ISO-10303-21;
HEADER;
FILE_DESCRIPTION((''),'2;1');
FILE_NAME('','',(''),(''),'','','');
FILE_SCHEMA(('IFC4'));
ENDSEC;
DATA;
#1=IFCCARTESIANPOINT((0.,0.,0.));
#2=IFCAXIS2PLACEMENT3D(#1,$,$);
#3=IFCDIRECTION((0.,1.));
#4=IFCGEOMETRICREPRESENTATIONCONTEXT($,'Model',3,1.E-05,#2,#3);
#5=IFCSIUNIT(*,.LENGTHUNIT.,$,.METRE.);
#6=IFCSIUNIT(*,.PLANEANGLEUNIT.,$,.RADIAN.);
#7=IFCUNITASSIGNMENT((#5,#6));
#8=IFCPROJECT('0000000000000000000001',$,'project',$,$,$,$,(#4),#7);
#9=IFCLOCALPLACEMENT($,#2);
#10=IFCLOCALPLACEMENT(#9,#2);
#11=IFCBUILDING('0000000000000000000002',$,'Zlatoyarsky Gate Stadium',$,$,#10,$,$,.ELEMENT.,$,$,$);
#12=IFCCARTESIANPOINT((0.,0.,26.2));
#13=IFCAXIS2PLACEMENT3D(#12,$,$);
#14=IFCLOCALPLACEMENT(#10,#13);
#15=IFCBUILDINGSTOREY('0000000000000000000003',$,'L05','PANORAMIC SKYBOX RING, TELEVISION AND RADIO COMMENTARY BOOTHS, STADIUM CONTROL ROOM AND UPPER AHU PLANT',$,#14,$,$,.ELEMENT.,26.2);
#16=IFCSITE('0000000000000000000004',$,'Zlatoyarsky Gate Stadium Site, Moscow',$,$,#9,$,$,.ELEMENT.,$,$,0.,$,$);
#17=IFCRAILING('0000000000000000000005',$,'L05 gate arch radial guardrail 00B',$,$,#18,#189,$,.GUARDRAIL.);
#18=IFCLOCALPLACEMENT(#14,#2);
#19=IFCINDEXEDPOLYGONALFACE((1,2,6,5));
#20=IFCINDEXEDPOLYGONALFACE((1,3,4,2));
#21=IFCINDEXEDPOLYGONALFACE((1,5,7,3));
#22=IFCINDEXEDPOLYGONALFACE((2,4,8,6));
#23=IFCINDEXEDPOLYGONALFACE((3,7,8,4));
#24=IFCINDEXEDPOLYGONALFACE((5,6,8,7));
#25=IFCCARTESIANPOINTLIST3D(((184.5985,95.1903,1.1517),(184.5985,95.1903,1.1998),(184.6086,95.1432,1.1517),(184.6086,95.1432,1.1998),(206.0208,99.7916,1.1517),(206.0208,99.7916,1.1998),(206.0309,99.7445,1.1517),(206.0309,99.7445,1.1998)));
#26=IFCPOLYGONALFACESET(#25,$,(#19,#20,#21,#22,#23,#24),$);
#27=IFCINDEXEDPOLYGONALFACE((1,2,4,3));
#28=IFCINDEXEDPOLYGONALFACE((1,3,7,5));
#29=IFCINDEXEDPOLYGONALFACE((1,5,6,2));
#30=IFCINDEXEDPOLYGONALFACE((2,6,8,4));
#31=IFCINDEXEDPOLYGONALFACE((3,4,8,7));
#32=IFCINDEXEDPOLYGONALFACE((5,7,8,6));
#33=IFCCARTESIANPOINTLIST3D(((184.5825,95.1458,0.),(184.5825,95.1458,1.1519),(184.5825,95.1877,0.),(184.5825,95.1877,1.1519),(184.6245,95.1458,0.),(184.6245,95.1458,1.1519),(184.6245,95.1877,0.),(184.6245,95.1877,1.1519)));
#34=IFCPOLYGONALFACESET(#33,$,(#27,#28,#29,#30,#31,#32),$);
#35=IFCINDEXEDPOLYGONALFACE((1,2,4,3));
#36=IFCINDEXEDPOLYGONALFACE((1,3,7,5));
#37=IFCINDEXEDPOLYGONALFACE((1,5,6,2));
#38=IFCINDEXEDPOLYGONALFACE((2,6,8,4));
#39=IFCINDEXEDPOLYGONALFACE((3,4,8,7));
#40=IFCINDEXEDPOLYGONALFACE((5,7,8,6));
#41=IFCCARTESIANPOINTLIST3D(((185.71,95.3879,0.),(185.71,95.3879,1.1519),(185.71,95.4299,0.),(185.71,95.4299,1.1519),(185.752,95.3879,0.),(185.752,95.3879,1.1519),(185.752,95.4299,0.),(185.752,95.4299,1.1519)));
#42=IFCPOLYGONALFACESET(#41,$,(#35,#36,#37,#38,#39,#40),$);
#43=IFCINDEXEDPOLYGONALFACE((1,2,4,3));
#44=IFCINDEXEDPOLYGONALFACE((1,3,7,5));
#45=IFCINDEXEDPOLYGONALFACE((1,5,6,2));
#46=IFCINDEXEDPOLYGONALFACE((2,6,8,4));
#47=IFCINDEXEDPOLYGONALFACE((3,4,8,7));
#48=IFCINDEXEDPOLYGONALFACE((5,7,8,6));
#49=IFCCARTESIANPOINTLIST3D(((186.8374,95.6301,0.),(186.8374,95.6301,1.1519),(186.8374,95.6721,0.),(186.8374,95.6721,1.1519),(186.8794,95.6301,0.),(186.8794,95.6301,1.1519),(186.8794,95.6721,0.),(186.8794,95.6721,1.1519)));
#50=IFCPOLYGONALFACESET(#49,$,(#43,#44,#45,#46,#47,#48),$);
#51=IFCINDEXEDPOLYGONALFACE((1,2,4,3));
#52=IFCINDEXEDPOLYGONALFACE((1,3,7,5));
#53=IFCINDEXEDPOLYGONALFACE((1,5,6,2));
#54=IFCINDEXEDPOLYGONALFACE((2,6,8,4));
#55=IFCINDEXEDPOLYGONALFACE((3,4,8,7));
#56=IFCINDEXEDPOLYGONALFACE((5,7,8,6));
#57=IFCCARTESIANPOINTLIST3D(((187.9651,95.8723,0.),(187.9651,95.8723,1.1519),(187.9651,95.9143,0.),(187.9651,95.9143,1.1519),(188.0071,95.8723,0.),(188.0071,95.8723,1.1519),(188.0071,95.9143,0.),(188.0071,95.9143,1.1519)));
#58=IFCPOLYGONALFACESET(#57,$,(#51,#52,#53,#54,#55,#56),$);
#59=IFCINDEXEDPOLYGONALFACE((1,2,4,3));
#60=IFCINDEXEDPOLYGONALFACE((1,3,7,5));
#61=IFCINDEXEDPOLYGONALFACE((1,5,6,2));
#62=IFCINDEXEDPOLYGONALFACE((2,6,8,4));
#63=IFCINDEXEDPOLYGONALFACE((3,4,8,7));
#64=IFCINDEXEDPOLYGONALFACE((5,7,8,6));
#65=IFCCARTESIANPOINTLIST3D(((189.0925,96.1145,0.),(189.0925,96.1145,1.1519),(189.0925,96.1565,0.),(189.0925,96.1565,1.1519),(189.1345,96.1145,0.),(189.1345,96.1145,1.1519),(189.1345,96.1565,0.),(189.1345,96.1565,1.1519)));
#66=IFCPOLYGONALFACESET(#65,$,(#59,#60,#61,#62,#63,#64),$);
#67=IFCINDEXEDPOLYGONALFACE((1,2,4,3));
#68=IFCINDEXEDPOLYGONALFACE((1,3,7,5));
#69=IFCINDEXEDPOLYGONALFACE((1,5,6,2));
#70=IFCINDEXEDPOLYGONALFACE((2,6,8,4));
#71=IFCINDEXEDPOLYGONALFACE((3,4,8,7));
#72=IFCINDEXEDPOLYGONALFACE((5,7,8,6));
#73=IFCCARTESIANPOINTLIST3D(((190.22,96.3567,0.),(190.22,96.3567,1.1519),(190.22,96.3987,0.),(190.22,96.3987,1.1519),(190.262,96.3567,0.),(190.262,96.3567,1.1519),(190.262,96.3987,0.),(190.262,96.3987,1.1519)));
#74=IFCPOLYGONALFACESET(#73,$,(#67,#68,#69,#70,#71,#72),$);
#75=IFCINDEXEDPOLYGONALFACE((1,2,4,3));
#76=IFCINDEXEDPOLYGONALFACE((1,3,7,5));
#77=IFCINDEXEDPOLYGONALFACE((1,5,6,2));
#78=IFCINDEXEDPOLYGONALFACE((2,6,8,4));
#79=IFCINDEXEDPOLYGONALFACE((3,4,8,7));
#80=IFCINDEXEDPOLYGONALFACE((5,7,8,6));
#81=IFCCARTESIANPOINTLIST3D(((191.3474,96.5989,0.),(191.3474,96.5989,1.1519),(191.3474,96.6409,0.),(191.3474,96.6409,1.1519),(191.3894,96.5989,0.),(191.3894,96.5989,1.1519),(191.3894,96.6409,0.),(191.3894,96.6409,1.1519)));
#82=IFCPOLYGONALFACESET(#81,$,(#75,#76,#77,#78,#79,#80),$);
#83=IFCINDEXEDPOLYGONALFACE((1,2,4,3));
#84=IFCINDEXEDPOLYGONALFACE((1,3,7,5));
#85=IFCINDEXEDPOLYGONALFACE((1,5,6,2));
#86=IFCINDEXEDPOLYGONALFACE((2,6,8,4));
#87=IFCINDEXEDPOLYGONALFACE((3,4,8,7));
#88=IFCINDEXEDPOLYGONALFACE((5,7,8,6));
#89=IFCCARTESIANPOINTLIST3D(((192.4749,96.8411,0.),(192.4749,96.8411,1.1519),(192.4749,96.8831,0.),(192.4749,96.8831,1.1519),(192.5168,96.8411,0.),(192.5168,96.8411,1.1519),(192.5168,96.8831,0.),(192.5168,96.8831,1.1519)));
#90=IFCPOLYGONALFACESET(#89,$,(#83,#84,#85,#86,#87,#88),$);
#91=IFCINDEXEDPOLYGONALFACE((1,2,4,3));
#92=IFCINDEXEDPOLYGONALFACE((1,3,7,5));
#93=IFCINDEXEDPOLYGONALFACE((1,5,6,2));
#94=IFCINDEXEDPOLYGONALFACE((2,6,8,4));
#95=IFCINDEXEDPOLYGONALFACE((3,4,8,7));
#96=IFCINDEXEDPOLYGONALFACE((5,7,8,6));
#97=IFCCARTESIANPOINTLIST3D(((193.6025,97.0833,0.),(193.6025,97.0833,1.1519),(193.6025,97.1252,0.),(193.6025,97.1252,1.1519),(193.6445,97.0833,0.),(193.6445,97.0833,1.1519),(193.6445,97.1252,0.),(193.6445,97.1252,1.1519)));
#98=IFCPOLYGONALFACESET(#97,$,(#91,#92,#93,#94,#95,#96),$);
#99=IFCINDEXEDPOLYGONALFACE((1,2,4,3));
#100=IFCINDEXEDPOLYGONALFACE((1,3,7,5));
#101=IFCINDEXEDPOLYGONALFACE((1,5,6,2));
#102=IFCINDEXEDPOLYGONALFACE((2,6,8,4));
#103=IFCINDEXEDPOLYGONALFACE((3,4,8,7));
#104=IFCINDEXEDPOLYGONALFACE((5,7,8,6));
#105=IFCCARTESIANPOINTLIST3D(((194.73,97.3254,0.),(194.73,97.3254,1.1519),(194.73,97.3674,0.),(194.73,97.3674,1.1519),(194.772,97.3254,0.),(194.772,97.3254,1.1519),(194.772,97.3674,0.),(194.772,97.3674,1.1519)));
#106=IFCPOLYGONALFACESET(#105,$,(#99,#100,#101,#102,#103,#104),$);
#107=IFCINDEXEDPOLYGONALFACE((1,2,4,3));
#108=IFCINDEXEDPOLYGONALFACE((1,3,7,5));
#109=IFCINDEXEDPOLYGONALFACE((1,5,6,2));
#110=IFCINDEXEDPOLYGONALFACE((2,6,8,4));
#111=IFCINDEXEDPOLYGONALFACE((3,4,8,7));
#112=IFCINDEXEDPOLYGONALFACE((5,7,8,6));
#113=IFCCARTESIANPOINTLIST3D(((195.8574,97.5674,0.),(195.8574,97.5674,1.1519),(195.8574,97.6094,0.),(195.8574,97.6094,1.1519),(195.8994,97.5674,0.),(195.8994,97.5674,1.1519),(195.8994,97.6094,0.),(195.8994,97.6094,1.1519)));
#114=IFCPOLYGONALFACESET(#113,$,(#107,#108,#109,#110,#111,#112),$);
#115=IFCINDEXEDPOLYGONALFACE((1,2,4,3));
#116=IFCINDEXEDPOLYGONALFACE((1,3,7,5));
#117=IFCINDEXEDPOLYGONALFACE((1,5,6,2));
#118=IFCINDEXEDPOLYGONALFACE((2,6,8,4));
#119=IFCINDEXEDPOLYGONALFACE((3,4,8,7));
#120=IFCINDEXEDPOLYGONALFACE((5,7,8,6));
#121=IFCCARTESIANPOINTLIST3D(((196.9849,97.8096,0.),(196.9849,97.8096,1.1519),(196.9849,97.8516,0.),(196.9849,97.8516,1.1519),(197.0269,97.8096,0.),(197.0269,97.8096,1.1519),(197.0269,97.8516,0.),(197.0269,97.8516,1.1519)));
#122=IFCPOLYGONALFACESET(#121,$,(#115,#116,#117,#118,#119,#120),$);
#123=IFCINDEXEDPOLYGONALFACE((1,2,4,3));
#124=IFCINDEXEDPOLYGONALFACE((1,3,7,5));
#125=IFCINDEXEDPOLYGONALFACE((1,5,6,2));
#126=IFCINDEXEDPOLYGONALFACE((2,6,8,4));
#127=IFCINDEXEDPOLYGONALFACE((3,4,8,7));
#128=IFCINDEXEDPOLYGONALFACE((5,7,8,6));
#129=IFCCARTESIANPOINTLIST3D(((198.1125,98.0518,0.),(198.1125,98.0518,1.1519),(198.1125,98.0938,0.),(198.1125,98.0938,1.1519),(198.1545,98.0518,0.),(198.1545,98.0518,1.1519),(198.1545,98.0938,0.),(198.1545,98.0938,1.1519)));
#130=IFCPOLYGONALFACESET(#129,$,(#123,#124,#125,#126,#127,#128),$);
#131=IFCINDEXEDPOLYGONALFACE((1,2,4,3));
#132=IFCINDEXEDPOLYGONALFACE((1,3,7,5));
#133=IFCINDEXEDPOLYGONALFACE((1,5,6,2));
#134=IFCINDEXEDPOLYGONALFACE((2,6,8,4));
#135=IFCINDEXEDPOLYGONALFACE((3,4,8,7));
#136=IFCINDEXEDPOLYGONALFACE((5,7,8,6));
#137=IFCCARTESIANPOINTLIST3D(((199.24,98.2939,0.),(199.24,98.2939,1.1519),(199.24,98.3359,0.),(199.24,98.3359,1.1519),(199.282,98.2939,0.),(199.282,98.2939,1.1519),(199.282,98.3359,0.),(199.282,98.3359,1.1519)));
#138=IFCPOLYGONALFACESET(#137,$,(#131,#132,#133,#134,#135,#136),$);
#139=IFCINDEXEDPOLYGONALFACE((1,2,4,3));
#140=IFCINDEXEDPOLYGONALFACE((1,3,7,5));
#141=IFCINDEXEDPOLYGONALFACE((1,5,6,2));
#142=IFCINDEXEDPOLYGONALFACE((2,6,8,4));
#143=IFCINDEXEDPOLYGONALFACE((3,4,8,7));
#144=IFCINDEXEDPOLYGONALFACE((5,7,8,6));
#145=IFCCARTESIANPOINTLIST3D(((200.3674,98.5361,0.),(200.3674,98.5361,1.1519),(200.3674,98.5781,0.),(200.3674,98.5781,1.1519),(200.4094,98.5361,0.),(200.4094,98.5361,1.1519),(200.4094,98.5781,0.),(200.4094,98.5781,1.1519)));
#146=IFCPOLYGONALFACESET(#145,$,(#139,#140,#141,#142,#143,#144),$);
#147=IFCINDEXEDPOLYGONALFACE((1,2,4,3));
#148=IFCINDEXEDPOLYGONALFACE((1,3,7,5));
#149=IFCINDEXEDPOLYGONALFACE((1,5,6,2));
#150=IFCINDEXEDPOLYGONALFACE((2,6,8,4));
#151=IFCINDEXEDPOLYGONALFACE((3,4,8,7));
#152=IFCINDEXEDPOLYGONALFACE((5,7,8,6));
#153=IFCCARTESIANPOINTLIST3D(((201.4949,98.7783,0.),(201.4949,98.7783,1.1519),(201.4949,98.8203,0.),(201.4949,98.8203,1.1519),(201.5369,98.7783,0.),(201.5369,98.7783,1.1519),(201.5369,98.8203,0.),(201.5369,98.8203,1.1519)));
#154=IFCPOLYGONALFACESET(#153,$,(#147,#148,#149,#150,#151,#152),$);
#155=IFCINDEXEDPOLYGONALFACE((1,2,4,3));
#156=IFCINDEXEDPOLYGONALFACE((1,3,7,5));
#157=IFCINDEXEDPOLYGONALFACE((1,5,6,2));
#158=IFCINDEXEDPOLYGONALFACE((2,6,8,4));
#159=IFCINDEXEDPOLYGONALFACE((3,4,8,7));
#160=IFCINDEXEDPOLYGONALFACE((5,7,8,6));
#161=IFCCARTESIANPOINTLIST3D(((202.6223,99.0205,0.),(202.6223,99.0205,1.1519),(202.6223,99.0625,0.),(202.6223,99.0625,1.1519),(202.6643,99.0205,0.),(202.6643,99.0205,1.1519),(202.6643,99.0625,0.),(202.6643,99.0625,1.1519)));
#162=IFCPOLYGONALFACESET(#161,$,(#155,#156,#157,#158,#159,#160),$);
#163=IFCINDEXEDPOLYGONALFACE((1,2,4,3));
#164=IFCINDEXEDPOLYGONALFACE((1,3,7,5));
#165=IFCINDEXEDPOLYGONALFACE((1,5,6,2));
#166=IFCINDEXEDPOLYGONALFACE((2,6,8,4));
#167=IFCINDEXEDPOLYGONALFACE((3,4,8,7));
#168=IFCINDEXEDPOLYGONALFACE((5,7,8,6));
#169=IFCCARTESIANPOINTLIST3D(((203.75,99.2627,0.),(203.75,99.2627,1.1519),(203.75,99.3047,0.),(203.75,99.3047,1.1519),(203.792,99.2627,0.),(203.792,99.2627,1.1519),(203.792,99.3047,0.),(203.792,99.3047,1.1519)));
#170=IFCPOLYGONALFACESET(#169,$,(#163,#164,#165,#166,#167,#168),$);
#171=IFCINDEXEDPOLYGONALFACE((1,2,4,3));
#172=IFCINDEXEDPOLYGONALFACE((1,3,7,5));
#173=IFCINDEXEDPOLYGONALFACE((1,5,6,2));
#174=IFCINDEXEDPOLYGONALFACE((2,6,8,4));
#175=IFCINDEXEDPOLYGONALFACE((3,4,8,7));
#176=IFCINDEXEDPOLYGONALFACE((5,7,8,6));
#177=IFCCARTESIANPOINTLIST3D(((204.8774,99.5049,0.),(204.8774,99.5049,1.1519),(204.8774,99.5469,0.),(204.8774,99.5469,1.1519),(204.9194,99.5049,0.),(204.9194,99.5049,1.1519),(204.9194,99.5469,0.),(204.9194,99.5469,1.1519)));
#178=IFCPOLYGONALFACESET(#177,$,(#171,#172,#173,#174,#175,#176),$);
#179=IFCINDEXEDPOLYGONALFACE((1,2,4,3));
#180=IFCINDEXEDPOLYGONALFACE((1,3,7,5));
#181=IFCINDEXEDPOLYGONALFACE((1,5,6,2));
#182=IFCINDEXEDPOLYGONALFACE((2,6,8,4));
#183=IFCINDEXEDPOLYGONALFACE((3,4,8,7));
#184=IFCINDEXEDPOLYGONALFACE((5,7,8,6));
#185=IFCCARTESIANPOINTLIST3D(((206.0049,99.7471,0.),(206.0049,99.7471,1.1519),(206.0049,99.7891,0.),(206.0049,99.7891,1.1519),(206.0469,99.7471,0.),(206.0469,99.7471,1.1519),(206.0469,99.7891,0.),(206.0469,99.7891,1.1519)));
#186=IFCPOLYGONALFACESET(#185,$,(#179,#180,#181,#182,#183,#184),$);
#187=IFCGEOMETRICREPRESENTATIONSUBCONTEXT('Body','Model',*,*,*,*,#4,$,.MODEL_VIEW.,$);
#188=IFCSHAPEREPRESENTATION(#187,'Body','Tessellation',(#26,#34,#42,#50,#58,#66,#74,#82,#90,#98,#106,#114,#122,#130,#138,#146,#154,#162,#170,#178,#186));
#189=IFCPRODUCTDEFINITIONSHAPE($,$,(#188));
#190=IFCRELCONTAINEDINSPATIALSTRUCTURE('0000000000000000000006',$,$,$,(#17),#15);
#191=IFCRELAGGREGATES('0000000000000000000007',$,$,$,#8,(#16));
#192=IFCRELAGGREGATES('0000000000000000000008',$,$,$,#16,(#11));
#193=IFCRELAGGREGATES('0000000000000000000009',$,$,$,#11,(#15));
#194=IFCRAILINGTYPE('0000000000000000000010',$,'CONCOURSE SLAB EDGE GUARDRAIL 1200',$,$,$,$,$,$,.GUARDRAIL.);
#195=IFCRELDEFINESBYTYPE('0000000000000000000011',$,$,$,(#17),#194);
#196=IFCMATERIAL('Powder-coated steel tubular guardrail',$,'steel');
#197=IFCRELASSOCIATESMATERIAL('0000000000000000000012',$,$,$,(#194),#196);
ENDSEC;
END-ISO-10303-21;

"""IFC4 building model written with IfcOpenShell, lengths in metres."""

from ifc_helpers import new_model, si_unit, direction, frame, origin, origin_2d, place, context, subcontext, project, spatial, rectangle, extrude, material, type_object, element, save


model = new_model("IFC4")

# Units and contexts
model_context = context("Model", 3, precision=1e-05, world=origin(), true_north=direction((0.0, 1.0)))
body_context = subcontext(model_context, "Body", "Model", "MODEL_VIEW")
ifc_project = project(units=[si_unit("LENGTHUNIT", "METRE"), si_unit("PLANEANGLEUNIT", "RADIAN")], contexts=[model_context])

# Site, building, storey
site_placement = place(None, origin())
site = spatial("IfcSite", under=ifc_project, at=site_placement, Name="Zlatoyarsky Gate Stadium Site, Moscow", CompositionType="ELEMENT", RefElevation=0.0)
building_placement = place(site_placement, origin())
building = spatial("IfcBuilding", under=site, at=building_placement, Name="Zlatoyarsky Gate Stadium", CompositionType="ELEMENT")
storey_placement = place(building_placement, frame((0.0, 0.0, 26.2)))
storey = spatial("IfcBuildingStorey", under=building, at=storey_placement, Name="L05", Description="PANORAMIC SKYBOX RING, TELEVISION AND RADIO COMMENTARY BOOTHS, STADIUM CONTROL ROOM AND UPPER AHU PLANT", CompositionType="ELEMENT", Elevation=26.2)

# Railing
ifc_material_1 = material(Name="Powder-coated steel tubular guardrail", Category="steel")
railing_type = type_object("IfcRailingType", Name="CONCOURSE SLAB EDGE GUARDRAIL 1200", PredefinedType="GUARDRAIL", material=ifc_material_1)
railing_1_placement = place(storey_placement, frame((184.6035, 95.1667, 0.0)))
element("IfcRailing", 1, at=railing_1_placement, inside=storey, type_object=railing_type, Name="L05 gate arch radial guardrail 00B", PredefinedType="GUARDRAIL", context=body_context, shape_type="SweptSolid", body=[
    extrude(rectangle(XDim=0.0481, YDim=0.0481, at=origin_2d()), frame((0.0, 0.0, 1.1758), z_axis=(0.977701, 0.210001, 0.0), x_axis=(-0.210001, 0.977701, 0.0)), (0.0, 0.0, 1.0), 21.9109),
    extrude(rectangle(XDim=0.042, YDim=0.042, at=origin_2d()), origin(), (0.0, 0.0, 1.0), 1.1519),
    extrude(rectangle(XDim=0.042, YDim=0.042, at=origin_2d()), frame((1.1274, 0.2422, 0.0)), (0.0, 0.0, 1.0), 1.1519),
    extrude(rectangle(XDim=0.042, YDim=0.042, at=origin_2d()), frame((2.2549, 0.4844, 0.0)), (0.0, 0.0, 1.0), 1.1519),
    extrude(rectangle(XDim=0.042, YDim=0.042, at=origin_2d()), frame((3.3826, 0.7266, 0.0)), (0.0, 0.0, 1.0), 1.1519),
    extrude(rectangle(XDim=0.042, YDim=0.042, at=origin_2d()), frame((4.51, 0.9688, 0.0)), (0.0, 0.0, 1.0), 1.1519),
    extrude(rectangle(XDim=0.042, YDim=0.042, at=origin_2d()), frame((5.6375, 1.2109, 0.0)), (0.0, 0.0, 1.0), 1.1519),
    extrude(rectangle(XDim=0.042, YDim=0.042, at=origin_2d()), frame((6.7649, 1.4531, 0.0)), (0.0, 0.0, 1.0), 1.1519),
    extrude(rectangle(XDim=0.042, YDim=0.042, at=origin_2d()), frame((7.8923, 1.6953, 0.0)), (0.0, 0.0, 1.0), 1.1519),
    extrude(rectangle(XDim=0.042, YDim=0.042, at=origin_2d()), frame((9.02, 1.9375, 0.0)), (0.0, 0.0, 1.0), 1.1519),
    extrude(rectangle(XDim=0.042, YDim=0.042, at=origin_2d()), frame((10.1475, 2.1797, 0.0)), (0.0, 0.0, 1.0), 1.1519),
    extrude(rectangle(XDim=0.042, YDim=0.042, at=origin_2d()), frame((11.2749, 2.4216, 0.0)), (0.0, 0.0, 1.0), 1.1519),
    extrude(rectangle(XDim=0.042, YDim=0.042, at=origin_2d()), frame((12.4023, 2.6638, 0.0)), (0.0, 0.0, 1.0), 1.1519),
    extrude(rectangle(XDim=0.042, YDim=0.042, at=origin_2d()), frame((13.53, 2.906, 0.0)), (0.0, 0.0, 1.0), 1.1519),
    extrude(rectangle(XDim=0.042, YDim=0.042, at=origin_2d()), frame((14.6575, 3.1482, 0.0)), (0.0, 0.0, 1.0), 1.1519),
    extrude(rectangle(XDim=0.042, YDim=0.042, at=origin_2d()), frame((15.7849, 3.3904, 0.0)), (0.0, 0.0, 1.0), 1.1519),
    extrude(rectangle(XDim=0.042, YDim=0.042, at=origin_2d()), frame((16.9124, 3.6326, 0.0)), (0.0, 0.0, 1.0), 1.1519),
    extrude(rectangle(XDim=0.042, YDim=0.042, at=origin_2d()), frame((18.0398, 3.8748, 0.0)), (0.0, 0.0, 1.0), 1.1519),
    extrude(rectangle(XDim=0.042, YDim=0.042, at=origin_2d()), frame((19.1675, 4.1169, 0.0)), (0.0, 0.0, 1.0), 1.1519),
    extrude(rectangle(XDim=0.042, YDim=0.042, at=origin_2d()), frame((20.2949, 4.3591, 0.0)), (0.0, 0.0, 1.0), 1.1519),
    extrude(rectangle(XDim=0.042, YDim=0.042, at=origin_2d()), frame((21.4224, 4.6013, 0.0)), (0.0, 0.0, 1.0), 1.1519),
])

save(model, "model.ifc")
